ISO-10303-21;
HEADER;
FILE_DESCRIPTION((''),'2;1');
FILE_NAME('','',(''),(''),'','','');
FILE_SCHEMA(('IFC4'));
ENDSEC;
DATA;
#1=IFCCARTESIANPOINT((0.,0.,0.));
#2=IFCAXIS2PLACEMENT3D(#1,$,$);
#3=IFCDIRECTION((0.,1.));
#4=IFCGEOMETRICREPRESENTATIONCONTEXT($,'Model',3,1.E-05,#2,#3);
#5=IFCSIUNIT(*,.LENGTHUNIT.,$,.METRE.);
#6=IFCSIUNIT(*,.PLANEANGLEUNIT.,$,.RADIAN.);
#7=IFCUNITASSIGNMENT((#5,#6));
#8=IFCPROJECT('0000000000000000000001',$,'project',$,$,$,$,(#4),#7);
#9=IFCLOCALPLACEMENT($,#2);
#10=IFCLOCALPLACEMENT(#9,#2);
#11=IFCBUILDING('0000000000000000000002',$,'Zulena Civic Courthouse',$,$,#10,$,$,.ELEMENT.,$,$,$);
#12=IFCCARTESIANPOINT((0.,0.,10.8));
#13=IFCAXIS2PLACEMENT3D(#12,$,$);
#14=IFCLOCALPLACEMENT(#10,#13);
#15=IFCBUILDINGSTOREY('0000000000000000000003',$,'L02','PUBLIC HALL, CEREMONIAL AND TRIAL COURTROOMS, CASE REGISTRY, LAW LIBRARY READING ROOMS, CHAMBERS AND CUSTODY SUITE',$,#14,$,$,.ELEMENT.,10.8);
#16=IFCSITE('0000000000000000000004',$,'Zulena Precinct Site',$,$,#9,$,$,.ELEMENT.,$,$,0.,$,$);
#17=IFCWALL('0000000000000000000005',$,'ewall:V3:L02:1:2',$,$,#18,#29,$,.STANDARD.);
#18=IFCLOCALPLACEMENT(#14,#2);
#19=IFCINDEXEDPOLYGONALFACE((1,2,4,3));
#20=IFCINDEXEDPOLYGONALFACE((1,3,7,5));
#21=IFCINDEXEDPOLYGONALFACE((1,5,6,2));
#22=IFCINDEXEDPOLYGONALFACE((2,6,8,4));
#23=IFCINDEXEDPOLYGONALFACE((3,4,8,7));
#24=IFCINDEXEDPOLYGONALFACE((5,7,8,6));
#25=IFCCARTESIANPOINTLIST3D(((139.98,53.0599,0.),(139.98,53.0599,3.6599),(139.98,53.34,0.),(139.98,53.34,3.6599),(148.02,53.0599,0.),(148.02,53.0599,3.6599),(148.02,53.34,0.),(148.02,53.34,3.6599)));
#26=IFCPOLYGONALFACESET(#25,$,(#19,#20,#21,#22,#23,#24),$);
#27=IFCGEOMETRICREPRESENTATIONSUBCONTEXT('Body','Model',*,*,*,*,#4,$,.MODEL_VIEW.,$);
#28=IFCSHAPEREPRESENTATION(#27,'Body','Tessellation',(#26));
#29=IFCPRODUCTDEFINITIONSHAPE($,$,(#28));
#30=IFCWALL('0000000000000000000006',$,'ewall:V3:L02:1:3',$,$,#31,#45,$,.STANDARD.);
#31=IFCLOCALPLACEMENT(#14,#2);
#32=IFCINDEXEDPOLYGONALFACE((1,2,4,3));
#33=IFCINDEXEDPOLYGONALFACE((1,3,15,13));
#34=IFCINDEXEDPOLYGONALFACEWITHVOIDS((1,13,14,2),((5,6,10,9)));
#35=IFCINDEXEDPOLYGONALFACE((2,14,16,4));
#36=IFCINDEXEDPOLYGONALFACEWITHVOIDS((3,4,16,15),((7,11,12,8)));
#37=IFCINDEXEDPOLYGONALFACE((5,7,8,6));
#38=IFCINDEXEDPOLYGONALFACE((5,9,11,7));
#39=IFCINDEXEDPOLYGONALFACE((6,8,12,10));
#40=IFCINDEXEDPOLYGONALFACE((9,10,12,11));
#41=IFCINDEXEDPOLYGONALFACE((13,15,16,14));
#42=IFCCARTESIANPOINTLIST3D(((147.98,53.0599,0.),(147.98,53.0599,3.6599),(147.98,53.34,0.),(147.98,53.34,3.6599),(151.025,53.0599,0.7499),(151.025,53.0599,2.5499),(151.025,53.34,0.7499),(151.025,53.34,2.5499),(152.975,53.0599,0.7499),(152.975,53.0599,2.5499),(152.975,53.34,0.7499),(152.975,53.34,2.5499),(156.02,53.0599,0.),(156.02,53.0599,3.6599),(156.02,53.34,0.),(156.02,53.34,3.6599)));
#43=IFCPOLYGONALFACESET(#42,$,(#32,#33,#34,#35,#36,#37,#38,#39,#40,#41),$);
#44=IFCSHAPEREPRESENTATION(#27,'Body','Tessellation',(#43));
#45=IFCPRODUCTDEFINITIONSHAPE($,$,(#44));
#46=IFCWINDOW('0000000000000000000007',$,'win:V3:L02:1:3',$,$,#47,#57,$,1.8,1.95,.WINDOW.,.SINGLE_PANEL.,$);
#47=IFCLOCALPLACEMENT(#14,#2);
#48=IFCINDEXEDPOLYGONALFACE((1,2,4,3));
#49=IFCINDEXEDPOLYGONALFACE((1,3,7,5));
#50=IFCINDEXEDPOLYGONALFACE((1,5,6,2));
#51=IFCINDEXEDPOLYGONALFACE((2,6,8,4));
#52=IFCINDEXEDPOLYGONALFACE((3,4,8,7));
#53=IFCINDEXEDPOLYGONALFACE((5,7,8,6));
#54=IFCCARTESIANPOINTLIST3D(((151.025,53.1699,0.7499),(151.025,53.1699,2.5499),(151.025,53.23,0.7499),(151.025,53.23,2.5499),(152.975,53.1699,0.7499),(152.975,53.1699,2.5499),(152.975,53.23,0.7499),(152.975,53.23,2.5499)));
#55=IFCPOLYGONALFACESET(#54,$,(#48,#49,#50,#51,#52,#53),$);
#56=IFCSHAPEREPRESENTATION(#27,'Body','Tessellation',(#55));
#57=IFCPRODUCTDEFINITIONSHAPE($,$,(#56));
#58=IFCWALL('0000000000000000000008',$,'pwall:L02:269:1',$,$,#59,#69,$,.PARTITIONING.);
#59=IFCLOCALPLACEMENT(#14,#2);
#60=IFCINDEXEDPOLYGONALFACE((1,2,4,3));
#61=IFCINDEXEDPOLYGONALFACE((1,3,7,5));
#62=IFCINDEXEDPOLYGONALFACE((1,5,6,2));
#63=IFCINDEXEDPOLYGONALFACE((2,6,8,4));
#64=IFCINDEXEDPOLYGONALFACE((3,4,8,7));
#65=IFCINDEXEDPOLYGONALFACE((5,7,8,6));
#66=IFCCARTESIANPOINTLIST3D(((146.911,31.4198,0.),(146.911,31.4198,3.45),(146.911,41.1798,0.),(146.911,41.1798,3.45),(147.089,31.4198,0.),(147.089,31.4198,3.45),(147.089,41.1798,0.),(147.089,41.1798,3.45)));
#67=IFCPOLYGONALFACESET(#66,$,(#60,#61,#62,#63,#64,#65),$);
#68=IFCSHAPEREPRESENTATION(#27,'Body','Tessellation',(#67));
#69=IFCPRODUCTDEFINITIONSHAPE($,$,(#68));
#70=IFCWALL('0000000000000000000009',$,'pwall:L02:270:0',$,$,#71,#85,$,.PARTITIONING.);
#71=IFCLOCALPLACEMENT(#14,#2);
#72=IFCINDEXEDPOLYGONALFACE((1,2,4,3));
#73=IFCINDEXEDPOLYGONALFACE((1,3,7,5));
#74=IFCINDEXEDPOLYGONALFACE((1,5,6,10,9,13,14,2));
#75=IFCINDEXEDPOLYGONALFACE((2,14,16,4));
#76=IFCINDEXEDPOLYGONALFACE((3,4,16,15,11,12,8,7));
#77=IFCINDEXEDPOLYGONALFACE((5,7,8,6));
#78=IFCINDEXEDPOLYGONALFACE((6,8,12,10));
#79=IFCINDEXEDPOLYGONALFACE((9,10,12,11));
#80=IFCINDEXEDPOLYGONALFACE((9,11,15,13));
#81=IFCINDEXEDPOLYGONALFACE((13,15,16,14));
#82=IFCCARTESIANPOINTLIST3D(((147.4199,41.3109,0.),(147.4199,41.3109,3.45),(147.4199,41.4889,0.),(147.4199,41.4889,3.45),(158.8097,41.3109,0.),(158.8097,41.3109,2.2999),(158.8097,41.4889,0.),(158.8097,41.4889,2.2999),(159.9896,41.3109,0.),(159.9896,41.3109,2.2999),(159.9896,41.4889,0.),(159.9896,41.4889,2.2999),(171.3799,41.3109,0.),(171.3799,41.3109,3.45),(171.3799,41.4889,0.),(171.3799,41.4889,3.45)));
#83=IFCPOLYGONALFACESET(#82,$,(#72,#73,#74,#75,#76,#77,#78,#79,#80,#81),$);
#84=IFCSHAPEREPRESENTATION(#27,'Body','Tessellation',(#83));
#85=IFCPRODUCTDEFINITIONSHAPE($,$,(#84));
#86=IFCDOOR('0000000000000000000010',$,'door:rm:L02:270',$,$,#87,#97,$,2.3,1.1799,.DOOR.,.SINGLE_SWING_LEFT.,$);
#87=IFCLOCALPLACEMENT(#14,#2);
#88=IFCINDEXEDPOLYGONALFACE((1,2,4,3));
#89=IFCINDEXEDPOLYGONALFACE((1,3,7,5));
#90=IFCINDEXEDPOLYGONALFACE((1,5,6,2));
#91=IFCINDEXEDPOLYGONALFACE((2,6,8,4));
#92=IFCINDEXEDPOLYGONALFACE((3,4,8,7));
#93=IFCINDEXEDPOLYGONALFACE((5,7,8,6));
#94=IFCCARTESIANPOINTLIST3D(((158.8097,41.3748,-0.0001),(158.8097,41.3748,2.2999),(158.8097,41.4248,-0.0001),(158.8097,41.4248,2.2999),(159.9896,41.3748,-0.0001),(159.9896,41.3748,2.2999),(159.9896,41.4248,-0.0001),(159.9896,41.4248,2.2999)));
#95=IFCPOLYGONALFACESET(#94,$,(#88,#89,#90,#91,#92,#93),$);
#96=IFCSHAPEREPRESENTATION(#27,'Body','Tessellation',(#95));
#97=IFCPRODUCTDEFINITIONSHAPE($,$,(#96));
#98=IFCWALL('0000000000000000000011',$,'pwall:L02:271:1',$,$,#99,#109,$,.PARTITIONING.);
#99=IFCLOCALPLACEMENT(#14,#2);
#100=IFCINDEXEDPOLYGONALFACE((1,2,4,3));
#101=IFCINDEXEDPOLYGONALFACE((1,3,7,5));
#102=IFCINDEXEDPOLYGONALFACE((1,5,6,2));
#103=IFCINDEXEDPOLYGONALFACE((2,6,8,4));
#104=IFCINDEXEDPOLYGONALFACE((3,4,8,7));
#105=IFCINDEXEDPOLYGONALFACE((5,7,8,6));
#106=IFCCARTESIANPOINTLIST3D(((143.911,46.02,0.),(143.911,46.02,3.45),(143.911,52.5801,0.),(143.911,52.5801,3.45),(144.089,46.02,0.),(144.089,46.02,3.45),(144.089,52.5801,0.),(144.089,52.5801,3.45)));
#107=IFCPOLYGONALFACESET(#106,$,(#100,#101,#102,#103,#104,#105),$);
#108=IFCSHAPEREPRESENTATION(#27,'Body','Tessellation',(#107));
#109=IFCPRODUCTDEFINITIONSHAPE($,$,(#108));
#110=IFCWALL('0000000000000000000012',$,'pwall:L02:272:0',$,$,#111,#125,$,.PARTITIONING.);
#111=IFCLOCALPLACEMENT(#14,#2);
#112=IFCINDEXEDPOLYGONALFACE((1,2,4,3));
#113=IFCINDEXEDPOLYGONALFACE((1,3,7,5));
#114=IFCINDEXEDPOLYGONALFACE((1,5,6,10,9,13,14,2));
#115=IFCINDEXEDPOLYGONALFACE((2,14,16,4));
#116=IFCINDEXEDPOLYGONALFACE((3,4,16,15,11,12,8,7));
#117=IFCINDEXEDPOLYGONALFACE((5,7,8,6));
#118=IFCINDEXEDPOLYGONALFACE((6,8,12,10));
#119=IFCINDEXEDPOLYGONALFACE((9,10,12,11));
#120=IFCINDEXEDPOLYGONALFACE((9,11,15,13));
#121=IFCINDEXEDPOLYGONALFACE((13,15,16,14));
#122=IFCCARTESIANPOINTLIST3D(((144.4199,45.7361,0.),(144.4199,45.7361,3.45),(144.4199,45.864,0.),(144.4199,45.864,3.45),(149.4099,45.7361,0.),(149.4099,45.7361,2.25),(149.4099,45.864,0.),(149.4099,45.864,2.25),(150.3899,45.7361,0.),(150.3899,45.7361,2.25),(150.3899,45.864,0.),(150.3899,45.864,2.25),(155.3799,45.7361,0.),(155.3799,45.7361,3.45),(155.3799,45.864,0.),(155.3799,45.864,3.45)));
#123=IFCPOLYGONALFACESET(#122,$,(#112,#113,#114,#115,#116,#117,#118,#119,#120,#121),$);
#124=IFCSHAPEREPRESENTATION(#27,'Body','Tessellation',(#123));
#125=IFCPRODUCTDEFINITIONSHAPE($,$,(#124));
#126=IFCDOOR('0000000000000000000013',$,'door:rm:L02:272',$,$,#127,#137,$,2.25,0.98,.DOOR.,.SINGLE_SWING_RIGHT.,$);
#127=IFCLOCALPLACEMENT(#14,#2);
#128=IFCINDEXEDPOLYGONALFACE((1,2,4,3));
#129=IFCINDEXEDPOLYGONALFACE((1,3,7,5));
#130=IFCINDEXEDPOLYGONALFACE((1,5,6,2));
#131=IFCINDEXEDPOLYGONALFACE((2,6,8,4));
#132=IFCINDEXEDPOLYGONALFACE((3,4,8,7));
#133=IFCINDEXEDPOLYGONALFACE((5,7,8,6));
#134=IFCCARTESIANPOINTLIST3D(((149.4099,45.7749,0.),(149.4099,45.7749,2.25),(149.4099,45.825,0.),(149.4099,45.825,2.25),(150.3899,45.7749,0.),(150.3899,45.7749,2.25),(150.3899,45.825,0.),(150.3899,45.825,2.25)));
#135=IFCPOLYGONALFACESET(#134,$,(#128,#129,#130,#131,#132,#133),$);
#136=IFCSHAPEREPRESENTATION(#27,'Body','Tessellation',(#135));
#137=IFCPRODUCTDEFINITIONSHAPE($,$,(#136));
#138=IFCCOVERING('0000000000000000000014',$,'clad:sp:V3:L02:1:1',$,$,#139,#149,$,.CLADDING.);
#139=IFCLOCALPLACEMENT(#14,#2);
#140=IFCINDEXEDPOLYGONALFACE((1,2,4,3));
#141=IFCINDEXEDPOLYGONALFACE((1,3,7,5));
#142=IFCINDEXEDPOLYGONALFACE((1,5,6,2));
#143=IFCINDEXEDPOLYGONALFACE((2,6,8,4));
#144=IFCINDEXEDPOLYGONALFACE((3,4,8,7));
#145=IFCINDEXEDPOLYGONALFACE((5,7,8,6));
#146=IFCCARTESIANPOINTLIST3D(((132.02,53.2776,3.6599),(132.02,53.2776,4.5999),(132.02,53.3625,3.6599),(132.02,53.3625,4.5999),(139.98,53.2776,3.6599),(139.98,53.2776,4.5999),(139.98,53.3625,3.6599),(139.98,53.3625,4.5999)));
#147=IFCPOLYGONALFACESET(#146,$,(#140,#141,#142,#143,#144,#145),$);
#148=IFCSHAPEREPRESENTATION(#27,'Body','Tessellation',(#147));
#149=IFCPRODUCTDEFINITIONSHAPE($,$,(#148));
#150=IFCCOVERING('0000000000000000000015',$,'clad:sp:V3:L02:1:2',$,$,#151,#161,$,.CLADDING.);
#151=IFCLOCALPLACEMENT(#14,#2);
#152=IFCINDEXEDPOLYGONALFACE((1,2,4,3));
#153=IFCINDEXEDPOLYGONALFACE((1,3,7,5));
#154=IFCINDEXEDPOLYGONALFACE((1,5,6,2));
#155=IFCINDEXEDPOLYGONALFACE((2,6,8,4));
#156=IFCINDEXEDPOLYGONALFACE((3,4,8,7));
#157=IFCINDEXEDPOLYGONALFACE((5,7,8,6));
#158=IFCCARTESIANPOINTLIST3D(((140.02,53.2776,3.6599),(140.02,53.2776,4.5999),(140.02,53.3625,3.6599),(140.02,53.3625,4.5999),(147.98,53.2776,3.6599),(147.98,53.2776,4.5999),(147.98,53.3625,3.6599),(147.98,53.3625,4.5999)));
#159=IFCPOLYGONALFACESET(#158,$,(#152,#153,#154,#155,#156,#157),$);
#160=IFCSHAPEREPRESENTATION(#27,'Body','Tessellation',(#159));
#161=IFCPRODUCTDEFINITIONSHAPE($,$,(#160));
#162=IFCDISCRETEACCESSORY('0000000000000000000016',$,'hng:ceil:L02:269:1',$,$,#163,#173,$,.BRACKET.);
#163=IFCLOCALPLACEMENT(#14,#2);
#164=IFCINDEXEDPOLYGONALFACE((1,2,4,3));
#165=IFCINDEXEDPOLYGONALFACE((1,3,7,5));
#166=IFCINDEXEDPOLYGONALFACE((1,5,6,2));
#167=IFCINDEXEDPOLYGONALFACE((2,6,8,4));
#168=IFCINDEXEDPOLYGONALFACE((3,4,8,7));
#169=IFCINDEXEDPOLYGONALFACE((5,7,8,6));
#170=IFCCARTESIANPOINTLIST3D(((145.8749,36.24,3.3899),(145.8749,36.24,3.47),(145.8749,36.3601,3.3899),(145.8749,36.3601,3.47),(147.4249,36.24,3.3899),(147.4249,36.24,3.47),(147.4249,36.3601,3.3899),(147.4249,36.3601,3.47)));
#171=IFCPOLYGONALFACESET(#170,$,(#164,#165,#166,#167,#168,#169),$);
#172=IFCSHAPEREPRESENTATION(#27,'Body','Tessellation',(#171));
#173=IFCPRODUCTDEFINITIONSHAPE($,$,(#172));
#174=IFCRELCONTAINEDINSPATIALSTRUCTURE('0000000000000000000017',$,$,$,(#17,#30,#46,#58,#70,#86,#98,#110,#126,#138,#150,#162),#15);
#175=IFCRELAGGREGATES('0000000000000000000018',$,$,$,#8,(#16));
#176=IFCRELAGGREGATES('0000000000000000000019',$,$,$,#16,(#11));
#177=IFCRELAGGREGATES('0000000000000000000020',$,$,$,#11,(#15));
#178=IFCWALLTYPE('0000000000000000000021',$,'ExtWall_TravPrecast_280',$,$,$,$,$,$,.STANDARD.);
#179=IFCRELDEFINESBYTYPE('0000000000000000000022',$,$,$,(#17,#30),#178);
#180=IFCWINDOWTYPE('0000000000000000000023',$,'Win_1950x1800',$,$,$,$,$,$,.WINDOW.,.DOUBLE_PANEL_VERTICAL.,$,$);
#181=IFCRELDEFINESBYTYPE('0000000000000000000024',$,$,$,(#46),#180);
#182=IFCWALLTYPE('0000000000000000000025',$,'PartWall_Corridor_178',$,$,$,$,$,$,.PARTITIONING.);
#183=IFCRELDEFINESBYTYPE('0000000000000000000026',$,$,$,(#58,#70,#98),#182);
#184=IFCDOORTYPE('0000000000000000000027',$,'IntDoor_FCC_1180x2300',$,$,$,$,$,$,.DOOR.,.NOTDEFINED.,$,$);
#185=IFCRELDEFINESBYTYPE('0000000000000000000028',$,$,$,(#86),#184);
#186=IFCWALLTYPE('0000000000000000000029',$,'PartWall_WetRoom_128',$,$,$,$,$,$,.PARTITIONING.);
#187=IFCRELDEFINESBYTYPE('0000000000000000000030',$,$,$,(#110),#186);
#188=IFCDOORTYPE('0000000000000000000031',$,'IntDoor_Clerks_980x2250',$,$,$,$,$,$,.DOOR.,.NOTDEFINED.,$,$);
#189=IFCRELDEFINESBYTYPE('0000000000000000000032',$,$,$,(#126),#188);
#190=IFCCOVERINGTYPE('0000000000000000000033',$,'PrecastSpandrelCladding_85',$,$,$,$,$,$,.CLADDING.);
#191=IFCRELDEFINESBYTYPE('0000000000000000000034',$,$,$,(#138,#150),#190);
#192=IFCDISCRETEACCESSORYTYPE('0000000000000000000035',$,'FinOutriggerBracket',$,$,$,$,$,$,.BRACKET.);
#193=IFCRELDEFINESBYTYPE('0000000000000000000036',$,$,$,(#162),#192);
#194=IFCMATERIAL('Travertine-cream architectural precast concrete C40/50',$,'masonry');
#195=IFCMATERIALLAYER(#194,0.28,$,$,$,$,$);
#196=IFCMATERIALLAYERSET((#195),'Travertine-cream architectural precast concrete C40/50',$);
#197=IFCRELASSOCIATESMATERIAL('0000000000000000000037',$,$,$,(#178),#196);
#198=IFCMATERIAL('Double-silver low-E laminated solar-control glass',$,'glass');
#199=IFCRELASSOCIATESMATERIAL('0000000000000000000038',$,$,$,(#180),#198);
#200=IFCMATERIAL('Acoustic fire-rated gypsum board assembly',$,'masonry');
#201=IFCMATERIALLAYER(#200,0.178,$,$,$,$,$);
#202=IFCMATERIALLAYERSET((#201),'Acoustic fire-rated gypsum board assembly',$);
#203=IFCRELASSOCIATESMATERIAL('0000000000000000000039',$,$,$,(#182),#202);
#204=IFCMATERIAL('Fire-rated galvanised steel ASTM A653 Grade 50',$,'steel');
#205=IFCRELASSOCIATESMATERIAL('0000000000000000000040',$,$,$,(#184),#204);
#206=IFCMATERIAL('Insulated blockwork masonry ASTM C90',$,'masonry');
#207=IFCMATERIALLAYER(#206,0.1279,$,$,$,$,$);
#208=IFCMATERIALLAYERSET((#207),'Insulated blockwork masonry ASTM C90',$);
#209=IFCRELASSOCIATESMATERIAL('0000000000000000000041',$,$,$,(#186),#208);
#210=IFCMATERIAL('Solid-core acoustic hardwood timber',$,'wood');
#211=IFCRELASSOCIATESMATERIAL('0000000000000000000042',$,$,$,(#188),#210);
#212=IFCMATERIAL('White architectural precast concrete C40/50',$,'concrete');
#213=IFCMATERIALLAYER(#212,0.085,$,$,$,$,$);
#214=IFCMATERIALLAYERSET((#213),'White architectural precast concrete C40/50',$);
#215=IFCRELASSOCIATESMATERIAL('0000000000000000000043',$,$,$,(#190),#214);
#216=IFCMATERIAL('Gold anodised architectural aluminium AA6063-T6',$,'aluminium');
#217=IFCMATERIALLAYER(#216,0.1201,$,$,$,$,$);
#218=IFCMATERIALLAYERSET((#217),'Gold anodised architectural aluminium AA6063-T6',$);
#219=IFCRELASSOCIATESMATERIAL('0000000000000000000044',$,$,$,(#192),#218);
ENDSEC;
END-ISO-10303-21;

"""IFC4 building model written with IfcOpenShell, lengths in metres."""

from ifc_helpers import new_model, si_unit, direction, frame, frame_2d, origin, origin_2d, place, context, subcontext, project, spatial, rectangle, extrude, material, layer, layer_set, type_object, element, fill, save


model = new_model("IFC4")

# Units and contexts
model_context = context("Model", 3, precision=1e-05, world=origin(), true_north=direction((0.0, 1.0)))
body_context = subcontext(model_context, "Body", "Model", "MODEL_VIEW")
ifc_project = project(units=[si_unit("LENGTHUNIT", "METRE"), si_unit("PLANEANGLEUNIT", "RADIAN")], contexts=[model_context])

# Site, building, storey
site_placement = place(None, origin())
site = spatial("IfcSite", under=ifc_project, at=site_placement, Name="Zulena Precinct Site", CompositionType="ELEMENT", RefElevation=0.0)
building_placement = place(site_placement, origin())
building = spatial("IfcBuilding", under=site, at=building_placement, Name="Zulena Civic Courthouse", CompositionType="ELEMENT")
storey_placement = place(building_placement, frame((0.0, 0.0, 10.8)))
storey = spatial("IfcBuildingStorey", under=building, at=storey_placement, Name="L02", Description="PUBLIC HALL, CEREMONIAL AND TRIAL COURTROOMS, CASE REGISTRY, LAW LIBRARY READING ROOMS, CHAMBERS AND CUSTODY SUITE", CompositionType="ELEMENT", Elevation=10.8)

# Wall
ifc_material_1 = material(Name="Travertine-cream architectural precast concrete C40/50", Category="masonry")
ifc_layer_1 = layer(ifc_material_1, 0.28)
ifc_layer_set_1 = layer_set([ifc_layer_1], Name="Travertine-cream architectural precast concrete C40/50")
wall_type_1 = type_object("IfcWallType", Name="ExtWall_TravPrecast_280", PredefinedType="STANDARD", material=ifc_layer_set_1)
wall_1_placement = place(storey_placement, frame((139.98, 53.2, 0.0), z_axis=(0.0, 0.0, 1.0), x_axis=(1.0, 0.0, 0.0)))
element("IfcWall", 1, at=wall_1_placement, inside=storey, type_object=wall_type_1, Name="ewall:V3:L02:1:2", PredefinedType="STANDARD", context=body_context, shape_type="SweptSolid", body=[
    extrude(rectangle(XDim=8.04, YDim=0.28, at=frame_2d((4.02, 0.0))), origin(), (0.0, 0.0, 1.0), 3.6599),
])

# Wall, opening, window
wall_2_placement = place(storey_placement, frame((147.98, 53.2, 0.0), z_axis=(0.0, 0.0, 1.0), x_axis=(1.0, 0.0, 0.0)))
wall_2 = element("IfcWall", 2, at=wall_2_placement, inside=storey, type_object=wall_type_1, Name="ewall:V3:L02:1:3", PredefinedType="STANDARD", context=body_context, shape_type="SweptSolid", body=[
    extrude(rectangle(XDim=8.04, YDim=0.28, at=frame_2d((4.02, 0.0))), origin(), (0.0, 0.0, 1.0), 3.6599),
])
opening_1_placement = place(wall_2_placement, frame((3.0449, 0.0, 0.75)))
opening_1 = element("IfcOpeningElement", 3, at=opening_1_placement, cuts=wall_2, PredefinedType="OPENING", context=body_context, shape_type="SweptSolid", body=[
    extrude(rectangle(XDim=1.95, YDim=1.8, at=frame_2d((0.9751, 0.8999))), frame((0.0, 0.1499, 0.0), z_axis=(0.0, -1.0, 0.0), x_axis=(1.0, 0.0, 0.0)), (0.0, 0.0, 1.0), 0.3),
])
ifc_material_2 = material(Name="Double-silver low-E laminated solar-control glass", Category="glass")
window_type = type_object("IfcWindowType", Name="Win_1950x1800", PartitioningType="DOUBLE_PANEL_VERTICAL", PredefinedType="WINDOW", material=ifc_material_2)
window_placement = place(opening_1_placement, origin())
window = element("IfcWindow", 4, at=window_placement, inside=storey, type_object=window_type, Name="win:V3:L02:1:3", OverallHeight=1.8, OverallWidth=1.95, PartitioningType="SINGLE_PANEL", PredefinedType="WINDOW", context=body_context, shape_type="SweptSolid", body=[
    extrude(rectangle(XDim=1.95, YDim=1.8, at=frame_2d((0.9751, 0.8999))), frame((0.0, 0.03, 0.0), z_axis=(0.0, -1.0, 0.0), x_axis=(1.0, 0.0, 0.0)), (0.0, 0.0, 1.0), 0.0601),
])
fill(opening_1, window)

# Wall
ifc_material_3 = material(Name="Acoustic fire-rated gypsum board assembly", Category="masonry")
ifc_layer_2 = layer(ifc_material_3, 0.178)
ifc_layer_set_2 = layer_set([ifc_layer_2], Name="Acoustic fire-rated gypsum board assembly")
wall_type_2 = type_object("IfcWallType", Name="PartWall_Corridor_178", PredefinedType="PARTITIONING", material=ifc_layer_set_2)
wall_3_placement = place(storey_placement, frame((147.0, 31.4199, 0.0), z_axis=(0.0, 0.0, 1.0), x_axis=(0.0, 1.0, 0.0)))
element("IfcWall", 5, at=wall_3_placement, inside=storey, type_object=wall_type_2, Name="pwall:L02:269:1", PredefinedType="PARTITIONING", context=body_context, shape_type="SweptSolid", body=[
    extrude(rectangle(XDim=9.76, YDim=0.178, at=frame_2d((4.8799, 0.0))), origin(), (0.0, 0.0, 1.0), 3.45),
])

# Wall, opening, door
wall_4_placement = place(storey_placement, frame((147.4199, 41.3999, 0.0), z_axis=(0.0, 0.0, 1.0), x_axis=(1.0, 0.0, 0.0)))
wall_4 = element("IfcWall", 6, at=wall_4_placement, inside=storey, type_object=wall_type_2, Name="pwall:L02:270:0", PredefinedType="PARTITIONING", context=body_context, shape_type="SweptSolid", body=[
    extrude(rectangle(XDim=23.96, YDim=0.178, at=frame_2d((11.98, 0.0))), origin(), (0.0, 0.0, 1.0), 3.45),
])
opening_2_placement = place(wall_4_placement, frame((11.3899, 0.0, 0.0)))
opening_2 = element("IfcOpeningElement", 7, at=opening_2_placement, cuts=wall_4, PredefinedType="OPENING", context=body_context, shape_type="SweptSolid", body=[
    extrude(rectangle(XDim=1.1799, YDim=2.3, at=frame_2d((0.5898, 1.1499))), frame((0.0, 0.0989, 0.0), z_axis=(0.0, -1.0, 0.0), x_axis=(1.0, 0.0, 0.0)), (0.0, 0.0, 1.0), 0.198),
])
ifc_material_4 = material(Name="Fire-rated galvanised steel ASTM A653 Grade 50", Category="steel")
door_type_1 = type_object("IfcDoorType", Name="IntDoor_FCC_1180x2300", OperationType="NOTDEFINED", PredefinedType="DOOR", material=ifc_material_4)
door_1_placement = place(opening_2_placement, origin())
door_1 = element("IfcDoor", 8, at=door_1_placement, inside=storey, type_object=door_type_1, Name="door:rm:L02:270", OperationType="SINGLE_SWING_LEFT", OverallHeight=2.3, OverallWidth=1.1799, PredefinedType="DOOR", context=body_context, shape_type="SweptSolid", body=[
    extrude(rectangle(XDim=1.1799, YDim=2.3, at=frame_2d((0.5898, 1.1499))), frame((0.0, 0.0249, 0.0), z_axis=(0.0, -1.0, 0.0), x_axis=(1.0, 0.0, 0.0)), (0.0, 0.0, 1.0), 0.05),
])
fill(opening_2, door_1)

# Wall
wall_5_placement = place(storey_placement, frame((144.0, 46.02, 0.0), z_axis=(0.0, 0.0, 1.0), x_axis=(0.0, 1.0, 0.0)))
element("IfcWall", 9, at=wall_5_placement, inside=storey, type_object=wall_type_2, Name="pwall:L02:271:1", PredefinedType="PARTITIONING", context=body_context, shape_type="SweptSolid", body=[
    extrude(rectangle(XDim=6.5601, YDim=0.178, at=frame_2d((3.28, 0.0))), origin(), (0.0, 0.0, 1.0), 3.45),
])

# Wall, opening, door
ifc_material_5 = material(Name="Insulated blockwork masonry ASTM C90", Category="masonry")
ifc_layer_3 = layer(ifc_material_5, 0.1279)
ifc_layer_set_3 = layer_set([ifc_layer_3], Name="Insulated blockwork masonry ASTM C90")
wall_type_3 = type_object("IfcWallType", Name="PartWall_WetRoom_128", PredefinedType="PARTITIONING", material=ifc_layer_set_3)
wall_6_placement = place(storey_placement, frame((144.4199, 45.8, 0.0), z_axis=(0.0, 0.0, 1.0), x_axis=(1.0, 0.0, 0.0)))
wall_6 = element("IfcWall", 10, at=wall_6_placement, inside=storey, type_object=wall_type_3, Name="pwall:L02:272:0", PredefinedType="PARTITIONING", context=body_context, shape_type="SweptSolid", body=[
    extrude(rectangle(XDim=10.96, YDim=0.1279, at=frame_2d((5.48, 0.0))), origin(), (0.0, 0.0, 1.0), 3.45),
])
opening_3_placement = place(wall_6_placement, frame((4.99, 0.0, 0.0)))
opening_3 = element("IfcOpeningElement", 11, at=opening_3_placement, cuts=wall_6, PredefinedType="OPENING", context=body_context, shape_type="SweptSolid", body=[
    extrude(rectangle(XDim=0.98, YDim=2.25, at=frame_2d((0.49, 1.125))), frame((0.0, 0.074, 0.0), z_axis=(0.0, -1.0, 0.0), x_axis=(1.0, 0.0, 0.0)), (0.0, 0.0, 1.0), 0.1479),
])
ifc_material_6 = material(Name="Solid-core acoustic hardwood timber", Category="wood")
door_type_2 = type_object("IfcDoorType", Name="IntDoor_Clerks_980x2250", OperationType="NOTDEFINED", PredefinedType="DOOR", material=ifc_material_6)
door_2_placement = place(opening_3_placement, origin())
door_2 = element("IfcDoor", 12, at=door_2_placement, inside=storey, type_object=door_type_2, Name="door:rm:L02:272", OperationType="SINGLE_SWING_RIGHT", OverallHeight=2.25, OverallWidth=0.98, PredefinedType="DOOR", context=body_context, shape_type="SweptSolid", body=[
    extrude(rectangle(XDim=0.98, YDim=2.25, at=frame_2d((0.49, 1.125))), frame((0.0, 0.0249, 0.0), z_axis=(0.0, -1.0, 0.0), x_axis=(1.0, 0.0, 0.0)), (0.0, 0.0, 1.0), 0.05),
])
fill(opening_3, door_2)

# Coverings
ifc_material_7 = material(Name="White architectural precast concrete C40/50", Category="concrete")
ifc_layer_4 = layer(ifc_material_7, 0.085)
ifc_layer_set_4 = layer_set([ifc_layer_4], Name="White architectural precast concrete C40/50")
covering_type = type_object("IfcCoveringType", Name="PrecastSpandrelCladding_85", PredefinedType="CLADDING", material=ifc_layer_set_4)
for number, where, z_axis, x_axis, name in (
    (13, (136.0, 53.3201, 3.6599), (0.0, 0.0, 1.0), (1.0, 0.0, 0.0), "clad:sp:V3:L02:1:1"),
    (14, (144.0, 53.3201, 3.6599), (0.0, 0.0, 1.0), (1.0, 0.0, 0.0), "clad:sp:V3:L02:1:2"),
):
    element("IfcCovering", number, at=place(storey_placement, frame(where, z_axis=z_axis, x_axis=x_axis)), inside=storey, type_object=covering_type, Name=name, PredefinedType="CLADDING", context=body_context, shape_type="SweptSolid", body=[
        extrude(rectangle(XDim=7.96, YDim=0.085, at=origin_2d()), origin(), (0.0, 0.0, 1.0), 0.9399),
    ])

# Discrete accessory
ifc_material_8 = material(Name="Gold anodised architectural aluminium AA6063-T6", Category="aluminium")
ifc_layer_5 = layer(ifc_material_8, 0.1201)
ifc_layer_set_5 = layer_set([ifc_layer_5], Name="Gold anodised architectural aluminium AA6063-T6")
discrete_accessory_type = type_object("IfcDiscreteAccessoryType", Name="FinOutriggerBracket", PredefinedType="BRACKET", material=ifc_layer_set_5)
discrete_accessory_placement = place(storey_placement, frame((146.6499, 36.3, 3.3899), z_axis=(0.0, 0.0, 1.0), x_axis=(1.0, 0.0, 0.0)))
element("IfcDiscreteAccessory", 15, at=discrete_accessory_placement, inside=storey, type_object=discrete_accessory_type, Name="hng:ceil:L02:269:1", PredefinedType="BRACKET", context=body_context, shape_type="SweptSolid", body=[
    extrude(rectangle(XDim=1.55, YDim=0.1201, at=origin_2d()), origin(), (0.0, 0.0, 1.0), 0.0801),
])

save(model, "model.ifc")
